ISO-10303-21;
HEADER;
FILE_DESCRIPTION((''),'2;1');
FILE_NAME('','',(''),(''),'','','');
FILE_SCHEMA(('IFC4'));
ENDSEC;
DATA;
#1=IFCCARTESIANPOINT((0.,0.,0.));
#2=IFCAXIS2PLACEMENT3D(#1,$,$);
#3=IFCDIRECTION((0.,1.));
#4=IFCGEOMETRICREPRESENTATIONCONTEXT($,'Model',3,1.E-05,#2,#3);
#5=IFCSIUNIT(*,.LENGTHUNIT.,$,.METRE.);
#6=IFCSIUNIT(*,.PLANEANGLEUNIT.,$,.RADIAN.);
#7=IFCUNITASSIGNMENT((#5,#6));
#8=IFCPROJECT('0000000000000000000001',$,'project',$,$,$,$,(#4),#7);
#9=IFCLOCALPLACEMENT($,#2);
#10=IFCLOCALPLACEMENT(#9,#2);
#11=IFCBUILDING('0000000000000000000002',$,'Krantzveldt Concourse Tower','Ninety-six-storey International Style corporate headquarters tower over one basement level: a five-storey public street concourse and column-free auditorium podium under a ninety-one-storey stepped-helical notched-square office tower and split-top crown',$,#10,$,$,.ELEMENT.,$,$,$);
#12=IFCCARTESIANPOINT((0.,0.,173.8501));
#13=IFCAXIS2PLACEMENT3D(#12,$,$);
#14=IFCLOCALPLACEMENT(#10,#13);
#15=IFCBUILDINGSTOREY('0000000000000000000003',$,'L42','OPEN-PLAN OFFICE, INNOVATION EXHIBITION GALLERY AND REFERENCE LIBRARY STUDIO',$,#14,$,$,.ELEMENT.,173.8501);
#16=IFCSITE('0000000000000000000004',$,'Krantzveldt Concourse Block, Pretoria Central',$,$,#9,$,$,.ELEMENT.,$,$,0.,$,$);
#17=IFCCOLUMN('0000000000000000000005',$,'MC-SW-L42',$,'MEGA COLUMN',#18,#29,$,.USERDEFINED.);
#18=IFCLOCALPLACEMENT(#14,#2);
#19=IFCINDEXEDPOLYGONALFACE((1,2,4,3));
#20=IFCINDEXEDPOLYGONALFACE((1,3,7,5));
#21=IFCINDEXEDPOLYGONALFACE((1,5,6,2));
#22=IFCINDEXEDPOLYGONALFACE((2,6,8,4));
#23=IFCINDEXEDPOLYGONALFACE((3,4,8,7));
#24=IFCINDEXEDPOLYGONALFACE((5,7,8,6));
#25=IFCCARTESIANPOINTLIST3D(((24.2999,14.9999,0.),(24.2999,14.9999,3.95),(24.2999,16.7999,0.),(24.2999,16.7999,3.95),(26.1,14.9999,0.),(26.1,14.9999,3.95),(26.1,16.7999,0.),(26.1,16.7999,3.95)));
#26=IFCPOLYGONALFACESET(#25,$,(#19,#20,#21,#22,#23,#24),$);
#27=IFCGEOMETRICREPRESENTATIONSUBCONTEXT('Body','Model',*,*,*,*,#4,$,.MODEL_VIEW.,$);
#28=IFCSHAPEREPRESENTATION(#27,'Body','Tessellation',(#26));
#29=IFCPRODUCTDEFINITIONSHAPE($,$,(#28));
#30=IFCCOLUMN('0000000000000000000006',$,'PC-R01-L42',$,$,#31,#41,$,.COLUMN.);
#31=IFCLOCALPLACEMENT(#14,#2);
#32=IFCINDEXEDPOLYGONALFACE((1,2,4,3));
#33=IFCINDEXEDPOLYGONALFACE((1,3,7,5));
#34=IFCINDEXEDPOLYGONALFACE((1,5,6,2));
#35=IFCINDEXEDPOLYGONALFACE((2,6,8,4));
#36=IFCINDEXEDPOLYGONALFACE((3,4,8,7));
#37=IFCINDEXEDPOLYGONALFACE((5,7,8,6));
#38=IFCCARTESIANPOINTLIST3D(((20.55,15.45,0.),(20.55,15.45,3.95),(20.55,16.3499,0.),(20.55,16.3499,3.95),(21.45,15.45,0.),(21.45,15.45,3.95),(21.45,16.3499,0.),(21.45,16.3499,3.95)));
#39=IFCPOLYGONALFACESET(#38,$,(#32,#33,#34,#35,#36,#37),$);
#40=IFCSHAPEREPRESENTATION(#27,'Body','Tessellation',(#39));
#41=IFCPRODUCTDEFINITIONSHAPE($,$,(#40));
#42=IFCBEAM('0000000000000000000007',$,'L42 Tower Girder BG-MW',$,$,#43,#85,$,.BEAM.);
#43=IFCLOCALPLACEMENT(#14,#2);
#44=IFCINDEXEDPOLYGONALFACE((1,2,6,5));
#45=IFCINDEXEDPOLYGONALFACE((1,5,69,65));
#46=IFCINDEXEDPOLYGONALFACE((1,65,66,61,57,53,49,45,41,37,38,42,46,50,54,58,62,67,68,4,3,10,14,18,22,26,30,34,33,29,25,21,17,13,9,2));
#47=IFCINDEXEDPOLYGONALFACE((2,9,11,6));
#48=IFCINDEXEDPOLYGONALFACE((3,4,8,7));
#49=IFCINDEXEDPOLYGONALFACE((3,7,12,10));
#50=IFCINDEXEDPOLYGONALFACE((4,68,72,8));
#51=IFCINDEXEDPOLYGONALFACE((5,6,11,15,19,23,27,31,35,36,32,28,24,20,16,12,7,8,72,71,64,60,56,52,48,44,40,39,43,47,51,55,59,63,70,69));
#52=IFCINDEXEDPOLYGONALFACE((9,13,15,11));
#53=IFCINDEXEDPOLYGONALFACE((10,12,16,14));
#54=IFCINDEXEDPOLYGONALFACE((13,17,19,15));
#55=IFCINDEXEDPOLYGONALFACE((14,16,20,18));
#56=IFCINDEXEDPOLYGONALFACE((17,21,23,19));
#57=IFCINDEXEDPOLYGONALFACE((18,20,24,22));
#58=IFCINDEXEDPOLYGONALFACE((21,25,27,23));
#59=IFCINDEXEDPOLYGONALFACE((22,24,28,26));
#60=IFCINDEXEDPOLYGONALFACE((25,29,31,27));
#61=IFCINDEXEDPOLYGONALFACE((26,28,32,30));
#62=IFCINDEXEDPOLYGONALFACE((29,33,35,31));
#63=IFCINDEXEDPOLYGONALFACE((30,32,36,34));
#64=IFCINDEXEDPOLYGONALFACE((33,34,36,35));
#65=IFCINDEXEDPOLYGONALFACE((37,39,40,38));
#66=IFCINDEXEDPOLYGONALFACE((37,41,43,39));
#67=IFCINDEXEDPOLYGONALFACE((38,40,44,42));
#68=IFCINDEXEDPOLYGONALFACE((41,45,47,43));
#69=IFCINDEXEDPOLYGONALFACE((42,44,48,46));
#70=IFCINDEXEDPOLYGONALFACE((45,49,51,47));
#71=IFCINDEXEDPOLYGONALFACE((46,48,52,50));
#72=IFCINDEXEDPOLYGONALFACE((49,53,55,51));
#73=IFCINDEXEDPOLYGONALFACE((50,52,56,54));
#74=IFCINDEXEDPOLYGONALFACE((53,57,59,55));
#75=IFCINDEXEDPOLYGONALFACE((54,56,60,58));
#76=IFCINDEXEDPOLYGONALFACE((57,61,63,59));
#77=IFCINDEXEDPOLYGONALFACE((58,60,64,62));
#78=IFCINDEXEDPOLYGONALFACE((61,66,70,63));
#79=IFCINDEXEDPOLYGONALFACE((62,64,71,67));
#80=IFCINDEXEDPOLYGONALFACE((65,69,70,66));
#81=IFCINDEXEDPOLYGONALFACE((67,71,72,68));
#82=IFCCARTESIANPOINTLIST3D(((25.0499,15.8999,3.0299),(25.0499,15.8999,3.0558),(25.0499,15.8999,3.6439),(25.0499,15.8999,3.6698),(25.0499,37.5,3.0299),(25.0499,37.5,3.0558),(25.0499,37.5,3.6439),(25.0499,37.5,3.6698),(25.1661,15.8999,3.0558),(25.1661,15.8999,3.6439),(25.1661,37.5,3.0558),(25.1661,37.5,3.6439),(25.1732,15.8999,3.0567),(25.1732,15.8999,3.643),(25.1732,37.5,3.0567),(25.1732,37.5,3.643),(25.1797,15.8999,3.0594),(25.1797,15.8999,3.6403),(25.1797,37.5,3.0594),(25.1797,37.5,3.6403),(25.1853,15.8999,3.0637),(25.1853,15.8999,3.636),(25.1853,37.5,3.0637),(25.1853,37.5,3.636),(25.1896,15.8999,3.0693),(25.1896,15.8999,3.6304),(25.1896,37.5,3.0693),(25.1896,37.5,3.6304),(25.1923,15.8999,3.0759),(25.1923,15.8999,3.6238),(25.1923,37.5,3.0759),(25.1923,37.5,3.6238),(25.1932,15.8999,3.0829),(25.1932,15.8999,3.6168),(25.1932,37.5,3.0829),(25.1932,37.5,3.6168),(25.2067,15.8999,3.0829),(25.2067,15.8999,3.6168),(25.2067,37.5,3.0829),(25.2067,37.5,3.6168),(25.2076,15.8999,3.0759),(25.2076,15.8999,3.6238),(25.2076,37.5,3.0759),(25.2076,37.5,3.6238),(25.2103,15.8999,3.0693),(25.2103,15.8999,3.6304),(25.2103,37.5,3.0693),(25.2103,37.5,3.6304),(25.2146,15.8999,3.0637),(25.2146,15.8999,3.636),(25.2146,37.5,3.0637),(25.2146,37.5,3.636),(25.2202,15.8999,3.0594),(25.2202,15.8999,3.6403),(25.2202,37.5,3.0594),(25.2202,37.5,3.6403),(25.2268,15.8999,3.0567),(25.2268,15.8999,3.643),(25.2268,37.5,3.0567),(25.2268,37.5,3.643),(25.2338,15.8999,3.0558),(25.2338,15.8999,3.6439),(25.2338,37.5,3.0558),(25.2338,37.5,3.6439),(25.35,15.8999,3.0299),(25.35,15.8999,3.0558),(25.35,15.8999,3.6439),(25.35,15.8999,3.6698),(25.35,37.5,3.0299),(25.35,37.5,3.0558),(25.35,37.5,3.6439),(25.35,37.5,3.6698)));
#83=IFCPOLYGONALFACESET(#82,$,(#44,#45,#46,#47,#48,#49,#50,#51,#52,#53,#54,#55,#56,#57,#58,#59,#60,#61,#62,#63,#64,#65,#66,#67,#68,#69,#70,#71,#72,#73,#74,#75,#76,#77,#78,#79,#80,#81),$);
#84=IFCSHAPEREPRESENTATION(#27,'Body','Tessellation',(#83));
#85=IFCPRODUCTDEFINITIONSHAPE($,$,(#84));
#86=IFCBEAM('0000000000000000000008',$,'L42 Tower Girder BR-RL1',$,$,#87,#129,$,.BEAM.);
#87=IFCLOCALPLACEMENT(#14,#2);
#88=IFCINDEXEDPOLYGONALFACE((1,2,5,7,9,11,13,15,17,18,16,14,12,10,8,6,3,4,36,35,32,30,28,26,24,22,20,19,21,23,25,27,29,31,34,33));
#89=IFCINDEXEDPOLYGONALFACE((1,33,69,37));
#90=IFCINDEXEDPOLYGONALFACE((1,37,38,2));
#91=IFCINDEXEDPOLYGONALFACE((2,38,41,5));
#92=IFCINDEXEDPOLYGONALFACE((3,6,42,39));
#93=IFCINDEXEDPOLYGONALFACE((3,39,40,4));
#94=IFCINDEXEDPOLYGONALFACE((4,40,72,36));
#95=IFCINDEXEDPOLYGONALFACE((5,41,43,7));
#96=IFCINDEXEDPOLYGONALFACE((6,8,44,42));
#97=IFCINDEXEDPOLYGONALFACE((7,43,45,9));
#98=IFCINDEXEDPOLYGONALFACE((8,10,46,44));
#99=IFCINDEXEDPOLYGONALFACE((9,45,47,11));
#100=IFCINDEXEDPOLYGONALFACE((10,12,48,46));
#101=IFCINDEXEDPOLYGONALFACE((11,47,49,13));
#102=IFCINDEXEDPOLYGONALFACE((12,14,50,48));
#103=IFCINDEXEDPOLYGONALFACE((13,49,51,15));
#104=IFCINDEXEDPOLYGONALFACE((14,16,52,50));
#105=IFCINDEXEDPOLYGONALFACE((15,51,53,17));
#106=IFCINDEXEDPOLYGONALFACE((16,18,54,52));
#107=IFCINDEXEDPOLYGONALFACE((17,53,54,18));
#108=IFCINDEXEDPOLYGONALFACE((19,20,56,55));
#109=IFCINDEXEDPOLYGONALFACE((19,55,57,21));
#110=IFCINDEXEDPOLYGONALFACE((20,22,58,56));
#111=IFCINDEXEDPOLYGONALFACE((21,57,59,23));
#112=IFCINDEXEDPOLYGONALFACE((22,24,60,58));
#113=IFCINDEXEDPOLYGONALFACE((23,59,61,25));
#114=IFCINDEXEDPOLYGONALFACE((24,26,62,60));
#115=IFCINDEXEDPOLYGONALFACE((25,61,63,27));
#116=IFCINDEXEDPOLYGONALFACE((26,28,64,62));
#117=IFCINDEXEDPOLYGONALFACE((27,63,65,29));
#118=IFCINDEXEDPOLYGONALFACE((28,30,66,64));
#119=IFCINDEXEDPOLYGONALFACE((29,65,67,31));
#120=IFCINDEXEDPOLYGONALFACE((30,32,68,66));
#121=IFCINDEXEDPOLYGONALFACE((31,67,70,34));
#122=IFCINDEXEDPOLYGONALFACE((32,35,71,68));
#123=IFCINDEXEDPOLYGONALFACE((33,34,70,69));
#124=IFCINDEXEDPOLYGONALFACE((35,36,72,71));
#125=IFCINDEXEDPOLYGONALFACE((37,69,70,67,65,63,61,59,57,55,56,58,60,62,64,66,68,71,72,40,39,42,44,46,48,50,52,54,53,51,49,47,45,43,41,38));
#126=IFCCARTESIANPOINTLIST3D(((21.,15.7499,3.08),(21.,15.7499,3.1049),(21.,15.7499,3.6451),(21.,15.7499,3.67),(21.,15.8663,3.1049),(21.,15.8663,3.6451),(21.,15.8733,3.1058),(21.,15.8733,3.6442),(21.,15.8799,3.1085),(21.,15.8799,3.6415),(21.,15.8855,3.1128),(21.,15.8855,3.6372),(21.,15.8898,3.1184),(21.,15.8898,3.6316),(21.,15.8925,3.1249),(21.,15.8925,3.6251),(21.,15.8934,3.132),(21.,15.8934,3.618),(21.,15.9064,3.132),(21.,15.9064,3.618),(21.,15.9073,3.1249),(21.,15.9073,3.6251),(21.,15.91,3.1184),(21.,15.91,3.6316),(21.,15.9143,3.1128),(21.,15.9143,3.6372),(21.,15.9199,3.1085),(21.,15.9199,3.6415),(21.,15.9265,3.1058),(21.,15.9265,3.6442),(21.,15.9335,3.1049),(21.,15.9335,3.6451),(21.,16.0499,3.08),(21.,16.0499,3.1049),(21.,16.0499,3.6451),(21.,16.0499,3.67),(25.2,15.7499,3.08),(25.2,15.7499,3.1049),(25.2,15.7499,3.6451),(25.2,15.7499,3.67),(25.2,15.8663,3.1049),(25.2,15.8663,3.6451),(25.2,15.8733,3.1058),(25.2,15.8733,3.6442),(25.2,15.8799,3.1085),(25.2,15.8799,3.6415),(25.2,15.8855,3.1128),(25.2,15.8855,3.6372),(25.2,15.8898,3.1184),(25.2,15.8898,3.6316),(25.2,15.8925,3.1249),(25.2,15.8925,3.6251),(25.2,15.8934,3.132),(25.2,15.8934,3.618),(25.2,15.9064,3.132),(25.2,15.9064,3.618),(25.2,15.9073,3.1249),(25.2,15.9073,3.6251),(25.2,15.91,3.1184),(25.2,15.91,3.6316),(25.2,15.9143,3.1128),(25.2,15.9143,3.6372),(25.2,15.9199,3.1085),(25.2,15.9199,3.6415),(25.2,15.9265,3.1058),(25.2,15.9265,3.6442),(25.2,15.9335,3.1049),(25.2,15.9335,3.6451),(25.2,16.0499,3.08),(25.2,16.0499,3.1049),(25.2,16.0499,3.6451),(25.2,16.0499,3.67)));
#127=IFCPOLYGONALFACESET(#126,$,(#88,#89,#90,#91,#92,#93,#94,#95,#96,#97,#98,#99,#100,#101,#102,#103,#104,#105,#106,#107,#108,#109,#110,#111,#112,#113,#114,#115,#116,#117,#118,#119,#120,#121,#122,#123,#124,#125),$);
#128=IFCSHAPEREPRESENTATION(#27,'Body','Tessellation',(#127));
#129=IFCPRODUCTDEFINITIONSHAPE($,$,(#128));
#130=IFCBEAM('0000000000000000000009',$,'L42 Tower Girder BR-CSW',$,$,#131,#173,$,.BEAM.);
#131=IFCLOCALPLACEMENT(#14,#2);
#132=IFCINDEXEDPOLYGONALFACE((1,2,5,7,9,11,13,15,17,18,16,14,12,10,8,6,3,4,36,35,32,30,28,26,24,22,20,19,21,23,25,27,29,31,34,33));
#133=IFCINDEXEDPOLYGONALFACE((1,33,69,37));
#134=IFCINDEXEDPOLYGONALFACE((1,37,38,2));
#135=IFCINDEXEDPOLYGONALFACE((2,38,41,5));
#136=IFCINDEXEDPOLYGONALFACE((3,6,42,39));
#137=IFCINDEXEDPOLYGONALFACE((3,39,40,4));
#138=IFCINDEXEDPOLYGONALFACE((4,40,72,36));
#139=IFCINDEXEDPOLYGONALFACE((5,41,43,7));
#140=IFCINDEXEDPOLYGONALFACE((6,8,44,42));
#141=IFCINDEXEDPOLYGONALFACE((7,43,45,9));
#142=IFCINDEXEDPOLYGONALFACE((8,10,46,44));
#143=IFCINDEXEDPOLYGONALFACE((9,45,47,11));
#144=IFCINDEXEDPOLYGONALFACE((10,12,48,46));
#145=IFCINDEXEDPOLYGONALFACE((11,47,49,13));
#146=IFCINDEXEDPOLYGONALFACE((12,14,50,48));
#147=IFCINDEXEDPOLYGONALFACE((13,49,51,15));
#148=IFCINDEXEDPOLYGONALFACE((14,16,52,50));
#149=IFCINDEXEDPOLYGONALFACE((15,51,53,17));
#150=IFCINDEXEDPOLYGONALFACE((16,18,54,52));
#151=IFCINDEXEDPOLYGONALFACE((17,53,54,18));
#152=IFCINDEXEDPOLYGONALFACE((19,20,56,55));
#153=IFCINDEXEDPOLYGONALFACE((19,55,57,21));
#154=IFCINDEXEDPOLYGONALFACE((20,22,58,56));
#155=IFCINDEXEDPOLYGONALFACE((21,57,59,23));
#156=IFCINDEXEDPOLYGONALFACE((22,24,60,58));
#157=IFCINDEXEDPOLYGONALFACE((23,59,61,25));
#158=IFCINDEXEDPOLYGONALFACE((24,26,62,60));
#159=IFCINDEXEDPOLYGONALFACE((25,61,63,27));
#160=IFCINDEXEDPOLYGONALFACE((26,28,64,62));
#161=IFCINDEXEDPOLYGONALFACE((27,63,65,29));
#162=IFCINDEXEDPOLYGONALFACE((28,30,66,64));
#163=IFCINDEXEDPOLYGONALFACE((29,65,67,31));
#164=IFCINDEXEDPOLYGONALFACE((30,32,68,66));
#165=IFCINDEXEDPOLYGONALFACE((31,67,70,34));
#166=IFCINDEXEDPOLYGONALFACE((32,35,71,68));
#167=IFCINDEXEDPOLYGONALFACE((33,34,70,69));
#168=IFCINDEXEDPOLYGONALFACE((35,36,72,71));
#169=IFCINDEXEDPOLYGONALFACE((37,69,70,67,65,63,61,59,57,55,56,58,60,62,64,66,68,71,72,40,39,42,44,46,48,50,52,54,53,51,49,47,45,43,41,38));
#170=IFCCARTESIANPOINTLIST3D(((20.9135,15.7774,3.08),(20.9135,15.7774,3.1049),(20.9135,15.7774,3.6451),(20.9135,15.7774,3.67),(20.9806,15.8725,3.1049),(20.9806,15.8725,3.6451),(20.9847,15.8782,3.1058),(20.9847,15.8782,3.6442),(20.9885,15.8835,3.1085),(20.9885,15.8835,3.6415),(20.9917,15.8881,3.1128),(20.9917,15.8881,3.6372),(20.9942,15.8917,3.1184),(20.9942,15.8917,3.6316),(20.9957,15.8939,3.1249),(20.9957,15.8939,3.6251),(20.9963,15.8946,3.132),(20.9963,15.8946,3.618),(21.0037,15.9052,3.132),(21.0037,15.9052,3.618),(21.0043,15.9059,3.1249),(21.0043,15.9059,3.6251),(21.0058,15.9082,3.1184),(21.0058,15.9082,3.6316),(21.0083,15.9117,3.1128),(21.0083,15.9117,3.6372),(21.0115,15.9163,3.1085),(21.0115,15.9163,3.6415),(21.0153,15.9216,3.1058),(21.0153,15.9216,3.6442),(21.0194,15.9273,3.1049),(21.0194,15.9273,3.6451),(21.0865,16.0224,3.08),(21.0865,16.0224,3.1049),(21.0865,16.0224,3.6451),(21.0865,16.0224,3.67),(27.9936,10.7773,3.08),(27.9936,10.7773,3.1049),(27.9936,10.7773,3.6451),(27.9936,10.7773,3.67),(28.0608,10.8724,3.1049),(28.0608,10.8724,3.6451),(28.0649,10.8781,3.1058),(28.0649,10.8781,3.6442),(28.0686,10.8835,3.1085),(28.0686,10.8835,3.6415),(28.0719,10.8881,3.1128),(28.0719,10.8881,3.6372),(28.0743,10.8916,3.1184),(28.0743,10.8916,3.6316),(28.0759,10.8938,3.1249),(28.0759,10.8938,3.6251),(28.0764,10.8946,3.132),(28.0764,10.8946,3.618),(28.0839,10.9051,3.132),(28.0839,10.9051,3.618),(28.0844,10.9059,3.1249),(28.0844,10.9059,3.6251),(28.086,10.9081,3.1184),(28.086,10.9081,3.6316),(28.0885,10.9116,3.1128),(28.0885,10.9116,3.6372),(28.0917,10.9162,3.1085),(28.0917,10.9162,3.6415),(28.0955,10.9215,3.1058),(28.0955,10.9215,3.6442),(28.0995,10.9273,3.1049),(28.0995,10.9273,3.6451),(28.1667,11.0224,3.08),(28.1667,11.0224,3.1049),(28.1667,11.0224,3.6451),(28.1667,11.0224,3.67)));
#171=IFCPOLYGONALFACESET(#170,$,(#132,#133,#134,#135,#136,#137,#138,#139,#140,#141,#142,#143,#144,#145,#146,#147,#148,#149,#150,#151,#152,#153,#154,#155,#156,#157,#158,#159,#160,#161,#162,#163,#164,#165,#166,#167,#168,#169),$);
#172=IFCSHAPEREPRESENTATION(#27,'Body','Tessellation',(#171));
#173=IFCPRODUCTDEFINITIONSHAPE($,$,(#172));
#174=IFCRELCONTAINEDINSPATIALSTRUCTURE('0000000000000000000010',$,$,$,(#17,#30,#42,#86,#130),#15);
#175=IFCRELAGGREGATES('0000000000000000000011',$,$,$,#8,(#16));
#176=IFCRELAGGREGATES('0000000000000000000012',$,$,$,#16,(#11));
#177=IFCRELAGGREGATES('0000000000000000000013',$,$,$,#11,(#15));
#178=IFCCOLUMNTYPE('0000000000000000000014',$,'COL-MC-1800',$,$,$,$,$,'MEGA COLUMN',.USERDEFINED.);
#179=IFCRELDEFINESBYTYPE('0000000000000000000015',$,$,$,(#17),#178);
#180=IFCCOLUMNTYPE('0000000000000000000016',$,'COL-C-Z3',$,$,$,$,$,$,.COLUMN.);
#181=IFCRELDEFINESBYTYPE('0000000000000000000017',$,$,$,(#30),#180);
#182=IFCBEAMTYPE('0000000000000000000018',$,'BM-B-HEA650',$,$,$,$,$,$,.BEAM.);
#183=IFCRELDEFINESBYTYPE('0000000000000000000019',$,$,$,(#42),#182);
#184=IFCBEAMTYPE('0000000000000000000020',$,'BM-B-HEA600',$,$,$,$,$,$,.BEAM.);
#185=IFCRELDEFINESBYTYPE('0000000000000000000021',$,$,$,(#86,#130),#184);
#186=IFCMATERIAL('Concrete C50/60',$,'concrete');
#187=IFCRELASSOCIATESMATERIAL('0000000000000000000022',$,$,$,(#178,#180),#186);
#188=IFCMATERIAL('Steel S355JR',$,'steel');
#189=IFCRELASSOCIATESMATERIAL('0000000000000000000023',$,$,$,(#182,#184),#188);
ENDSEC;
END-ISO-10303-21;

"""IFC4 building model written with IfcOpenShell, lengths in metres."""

from ifc_helpers import new_model, si_unit, direction, frame, origin, origin_2d, place, context, subcontext, project, spatial, rectangle, i_section, extrude, source, transform, mapped, material, material_profile, profile_set, type_object, type_shapes, element, save


model = new_model("IFC4")

# Units and contexts
model_context = context("Model", 3, precision=1e-05, world=origin(), true_north=direction((0.0, 1.0)))
body_context = subcontext(model_context, "Body", "Model", "MODEL_VIEW")
ifc_project = project(units=[si_unit("LENGTHUNIT", "METRE"), si_unit("PLANEANGLEUNIT", "RADIAN")], contexts=[model_context])

# Site, building, storey
site_placement = place(None, origin())
site = spatial("IfcSite", under=ifc_project, at=site_placement, Name="Krantzveldt Concourse Block, Pretoria Central", CompositionType="ELEMENT", RefElevation=0.0)
building_placement = place(site_placement, origin())
building = spatial("IfcBuilding", under=site, at=building_placement, Name="Krantzveldt Concourse Tower", Description="Ninety-six-storey International Style corporate headquarters tower over one basement level: a five-storey public street concourse and column-free auditorium podium under a ninety-one-storey stepped-helical notched-square office tower and split-top crown", CompositionType="ELEMENT")
storey_placement = place(building_placement, frame((0.0, 0.0, 173.8501)))
storey = spatial("IfcBuildingStorey", under=building, at=storey_placement, Name="L42", Description="OPEN-PLAN OFFICE, INNOVATION EXHIBITION GALLERY AND REFERENCE LIBRARY STUDIO", CompositionType="ELEMENT", Elevation=173.8501)

# Columns
ifc_material_1 = material(Name="Concrete C50/60", Category="concrete")
ifc_material_profile_1 = material_profile(ifc_material_1, rectangle(XDim=1.8, YDim=1.8, at=origin_2d()), Name="Concrete C50/60", Category="concrete")
ifc_profile_set_1 = profile_set([ifc_material_profile_1], Name="Concrete C50/60 - RC 1800x1800")
column_type_1 = type_object("IfcColumnType", Name="COL-MC-1800", ElementType="MEGA COLUMN", PredefinedType="USERDEFINED", material=ifc_profile_set_1)
shared_shape_1 = source(origin(), body_context, "Body", "SweptSolid", [
    extrude(rectangle(XDim=1.8, YDim=1.8, at=origin_2d()), origin(), (0.0, 0.0, 1.0), 3.95),
])
type_shapes(column_type_1, [shared_shape_1])
column_1_placement = place(storey_placement, frame((25.2, 15.8999, 0.0), z_axis=(0.0, 0.0, 1.0), x_axis=(1.0, 0.0, 0.0)))
element("IfcColumn", 1, at=column_1_placement, inside=storey, type_object=column_type_1, Name="MC-SW-L42", ObjectType="MEGA COLUMN", PredefinedType="USERDEFINED", context=body_context, shape_type="MappedRepresentation", body=[
    mapped(shared_shape_1, transform((0.0, 0.0, 0.0), x_axis=(1.0, 0.0, 0.0), y_axis=(0.0, 1.0, 0.0), z_axis=(0.0, 0.0, 1.0), scale=1.0)),
])
ifc_material_profile_2 = material_profile(ifc_material_1, rectangle(XDim=0.8999, YDim=0.8999, at=origin_2d()), Name="Concrete C50/60", Category="concrete")
ifc_profile_set_2 = profile_set([ifc_material_profile_2], Name="Concrete C50/60 - RC 900x900")
column_type_2 = type_object("IfcColumnType", Name="COL-C-Z3", PredefinedType="COLUMN", material=ifc_profile_set_2)
shared_shape_2 = source(origin(), body_context, "Body", "SweptSolid", [
    extrude(rectangle(XDim=0.8999, YDim=0.8999, at=origin_2d()), origin(), (0.0, 0.0, 1.0), 3.95),
])
type_shapes(column_type_2, [shared_shape_2])
column_2_placement = place(storey_placement, frame((21.0, 15.8999, 0.0), z_axis=(0.0, 0.0, 1.0), x_axis=(1.0, 0.0, 0.0)))
element("IfcColumn", 2, at=column_2_placement, inside=storey, type_object=column_type_2, Name="PC-R01-L42", PredefinedType="COLUMN", context=body_context, shape_type="MappedRepresentation", body=[
    mapped(shared_shape_2, transform((0.0, 0.0, 0.0), x_axis=(1.0, 0.0, 0.0), y_axis=(0.0, 1.0, 0.0), z_axis=(0.0, 0.0, 1.0), scale=1.0)),
])

# Beams
ifc_material_2 = material(Name="Steel S355JR", Category="steel")
ifc_material_profile_3 = material_profile(ifc_material_2, i_section(OverallWidth=0.3, OverallDepth=0.6399, WebThickness=0.0134, FlangeThickness=0.0259, FilletRadius=0.0271, at=origin_2d()), Name="Steel S355JR", Category="steel")
ifc_profile_set_3 = profile_set([ifc_material_profile_3], Name="Steel S355JR - HEA 650")
beam_type_1 = type_object("IfcBeamType", Name="BM-B-HEA650", PredefinedType="BEAM", material=ifc_profile_set_3)
shared_shape_3 = source(origin(), body_context, "Body", "SweptSolid", [
    extrude(i_section(OverallWidth=0.3, OverallDepth=0.6399, WebThickness=0.0134, FlangeThickness=0.0259, FilletRadius=0.0271, at=origin_2d()), origin(), (0.0, 0.0, 1.0), 21.6001),
])
beam_1_placement = place(storey_placement, frame((25.2, 15.8999, 3.3499), z_axis=(0.0, 1.0, 0.0), x_axis=(-1.0, 0.0, 0.0)))
element("IfcBeam", 3, at=beam_1_placement, inside=storey, type_object=beam_type_1, Name="L42 Tower Girder BG-MW", PredefinedType="BEAM", context=body_context, shape_type="MappedRepresentation", body=[
    mapped(shared_shape_3, transform((0.0, 0.0, 0.0), x_axis=(1.0, 0.0, 0.0), y_axis=(0.0, 1.0, 0.0), z_axis=(0.0, 0.0, 1.0), scale=1.0)),
])
ifc_material_profile_4 = material_profile(ifc_material_2, i_section(OverallWidth=0.3, OverallDepth=0.5901, WebThickness=0.0129, FlangeThickness=0.0249, FilletRadius=0.0271, at=origin_2d()), Name="Steel S355JR", Category="steel")
ifc_profile_set_4 = profile_set([ifc_material_profile_4], Name="Steel S355JR - HEA 600")
beam_type_2 = type_object("IfcBeamType", Name="BM-B-HEA600", PredefinedType="BEAM", material=ifc_profile_set_4)
shared_shape_4 = source(origin(), body_context, "Body", "SweptSolid", [
    extrude(i_section(OverallWidth=0.3, OverallDepth=0.5901, WebThickness=0.0129, FlangeThickness=0.0249, FilletRadius=0.0271, at=origin_2d()), origin(), (0.0, 0.0, 1.0), 4.2),
])
beam_2_placement = place(storey_placement, frame((21.0, 15.8999, 3.375), z_axis=(1.0, 0.0, 0.0), x_axis=(0.0, 1.0, 0.0)))
element("IfcBeam", 4, at=beam_2_placement, inside=storey, type_object=beam_type_2, Name="L42 Tower Girder BR-RL1", PredefinedType="BEAM", context=body_context, shape_type="MappedRepresentation", body=[
    mapped(shared_shape_4, transform((0.0, 0.0, 0.0), x_axis=(1.0, 0.0, 0.0), y_axis=(0.0, 1.0, 0.0), z_axis=(0.0, 0.0, 1.0), scale=1.0)),
])
shared_shape_5 = source(origin(), body_context, "Body", "SweptSolid", [
    extrude(i_section(OverallWidth=0.3, OverallDepth=0.5901, WebThickness=0.0129, FlangeThickness=0.0249, FilletRadius=0.0271, at=origin_2d()), origin(), (0.0, 0.0, 1.0), 8.6677),
])
type_shapes(beam_type_2, [shared_shape_4, shared_shape_5])
beam_3_placement = place(storey_placement, frame((21.0, 15.8999, 3.375), z_axis=(0.816843, -0.57686, 0.0), x_axis=(0.57686, 0.816843, 0.0)))
element("IfcBeam", 5, at=beam_3_placement, inside=storey, type_object=beam_type_2, Name="L42 Tower Girder BR-CSW", PredefinedType="BEAM", context=body_context, shape_type="MappedRepresentation", body=[
    mapped(shared_shape_5, transform((0.0, 0.0, 0.0), x_axis=(1.0, 0.0, 0.0), y_axis=(0.0, 1.0, 0.0), z_axis=(0.0, 0.0, 1.0), scale=1.0)),
])

save(model, "model.ifc")
